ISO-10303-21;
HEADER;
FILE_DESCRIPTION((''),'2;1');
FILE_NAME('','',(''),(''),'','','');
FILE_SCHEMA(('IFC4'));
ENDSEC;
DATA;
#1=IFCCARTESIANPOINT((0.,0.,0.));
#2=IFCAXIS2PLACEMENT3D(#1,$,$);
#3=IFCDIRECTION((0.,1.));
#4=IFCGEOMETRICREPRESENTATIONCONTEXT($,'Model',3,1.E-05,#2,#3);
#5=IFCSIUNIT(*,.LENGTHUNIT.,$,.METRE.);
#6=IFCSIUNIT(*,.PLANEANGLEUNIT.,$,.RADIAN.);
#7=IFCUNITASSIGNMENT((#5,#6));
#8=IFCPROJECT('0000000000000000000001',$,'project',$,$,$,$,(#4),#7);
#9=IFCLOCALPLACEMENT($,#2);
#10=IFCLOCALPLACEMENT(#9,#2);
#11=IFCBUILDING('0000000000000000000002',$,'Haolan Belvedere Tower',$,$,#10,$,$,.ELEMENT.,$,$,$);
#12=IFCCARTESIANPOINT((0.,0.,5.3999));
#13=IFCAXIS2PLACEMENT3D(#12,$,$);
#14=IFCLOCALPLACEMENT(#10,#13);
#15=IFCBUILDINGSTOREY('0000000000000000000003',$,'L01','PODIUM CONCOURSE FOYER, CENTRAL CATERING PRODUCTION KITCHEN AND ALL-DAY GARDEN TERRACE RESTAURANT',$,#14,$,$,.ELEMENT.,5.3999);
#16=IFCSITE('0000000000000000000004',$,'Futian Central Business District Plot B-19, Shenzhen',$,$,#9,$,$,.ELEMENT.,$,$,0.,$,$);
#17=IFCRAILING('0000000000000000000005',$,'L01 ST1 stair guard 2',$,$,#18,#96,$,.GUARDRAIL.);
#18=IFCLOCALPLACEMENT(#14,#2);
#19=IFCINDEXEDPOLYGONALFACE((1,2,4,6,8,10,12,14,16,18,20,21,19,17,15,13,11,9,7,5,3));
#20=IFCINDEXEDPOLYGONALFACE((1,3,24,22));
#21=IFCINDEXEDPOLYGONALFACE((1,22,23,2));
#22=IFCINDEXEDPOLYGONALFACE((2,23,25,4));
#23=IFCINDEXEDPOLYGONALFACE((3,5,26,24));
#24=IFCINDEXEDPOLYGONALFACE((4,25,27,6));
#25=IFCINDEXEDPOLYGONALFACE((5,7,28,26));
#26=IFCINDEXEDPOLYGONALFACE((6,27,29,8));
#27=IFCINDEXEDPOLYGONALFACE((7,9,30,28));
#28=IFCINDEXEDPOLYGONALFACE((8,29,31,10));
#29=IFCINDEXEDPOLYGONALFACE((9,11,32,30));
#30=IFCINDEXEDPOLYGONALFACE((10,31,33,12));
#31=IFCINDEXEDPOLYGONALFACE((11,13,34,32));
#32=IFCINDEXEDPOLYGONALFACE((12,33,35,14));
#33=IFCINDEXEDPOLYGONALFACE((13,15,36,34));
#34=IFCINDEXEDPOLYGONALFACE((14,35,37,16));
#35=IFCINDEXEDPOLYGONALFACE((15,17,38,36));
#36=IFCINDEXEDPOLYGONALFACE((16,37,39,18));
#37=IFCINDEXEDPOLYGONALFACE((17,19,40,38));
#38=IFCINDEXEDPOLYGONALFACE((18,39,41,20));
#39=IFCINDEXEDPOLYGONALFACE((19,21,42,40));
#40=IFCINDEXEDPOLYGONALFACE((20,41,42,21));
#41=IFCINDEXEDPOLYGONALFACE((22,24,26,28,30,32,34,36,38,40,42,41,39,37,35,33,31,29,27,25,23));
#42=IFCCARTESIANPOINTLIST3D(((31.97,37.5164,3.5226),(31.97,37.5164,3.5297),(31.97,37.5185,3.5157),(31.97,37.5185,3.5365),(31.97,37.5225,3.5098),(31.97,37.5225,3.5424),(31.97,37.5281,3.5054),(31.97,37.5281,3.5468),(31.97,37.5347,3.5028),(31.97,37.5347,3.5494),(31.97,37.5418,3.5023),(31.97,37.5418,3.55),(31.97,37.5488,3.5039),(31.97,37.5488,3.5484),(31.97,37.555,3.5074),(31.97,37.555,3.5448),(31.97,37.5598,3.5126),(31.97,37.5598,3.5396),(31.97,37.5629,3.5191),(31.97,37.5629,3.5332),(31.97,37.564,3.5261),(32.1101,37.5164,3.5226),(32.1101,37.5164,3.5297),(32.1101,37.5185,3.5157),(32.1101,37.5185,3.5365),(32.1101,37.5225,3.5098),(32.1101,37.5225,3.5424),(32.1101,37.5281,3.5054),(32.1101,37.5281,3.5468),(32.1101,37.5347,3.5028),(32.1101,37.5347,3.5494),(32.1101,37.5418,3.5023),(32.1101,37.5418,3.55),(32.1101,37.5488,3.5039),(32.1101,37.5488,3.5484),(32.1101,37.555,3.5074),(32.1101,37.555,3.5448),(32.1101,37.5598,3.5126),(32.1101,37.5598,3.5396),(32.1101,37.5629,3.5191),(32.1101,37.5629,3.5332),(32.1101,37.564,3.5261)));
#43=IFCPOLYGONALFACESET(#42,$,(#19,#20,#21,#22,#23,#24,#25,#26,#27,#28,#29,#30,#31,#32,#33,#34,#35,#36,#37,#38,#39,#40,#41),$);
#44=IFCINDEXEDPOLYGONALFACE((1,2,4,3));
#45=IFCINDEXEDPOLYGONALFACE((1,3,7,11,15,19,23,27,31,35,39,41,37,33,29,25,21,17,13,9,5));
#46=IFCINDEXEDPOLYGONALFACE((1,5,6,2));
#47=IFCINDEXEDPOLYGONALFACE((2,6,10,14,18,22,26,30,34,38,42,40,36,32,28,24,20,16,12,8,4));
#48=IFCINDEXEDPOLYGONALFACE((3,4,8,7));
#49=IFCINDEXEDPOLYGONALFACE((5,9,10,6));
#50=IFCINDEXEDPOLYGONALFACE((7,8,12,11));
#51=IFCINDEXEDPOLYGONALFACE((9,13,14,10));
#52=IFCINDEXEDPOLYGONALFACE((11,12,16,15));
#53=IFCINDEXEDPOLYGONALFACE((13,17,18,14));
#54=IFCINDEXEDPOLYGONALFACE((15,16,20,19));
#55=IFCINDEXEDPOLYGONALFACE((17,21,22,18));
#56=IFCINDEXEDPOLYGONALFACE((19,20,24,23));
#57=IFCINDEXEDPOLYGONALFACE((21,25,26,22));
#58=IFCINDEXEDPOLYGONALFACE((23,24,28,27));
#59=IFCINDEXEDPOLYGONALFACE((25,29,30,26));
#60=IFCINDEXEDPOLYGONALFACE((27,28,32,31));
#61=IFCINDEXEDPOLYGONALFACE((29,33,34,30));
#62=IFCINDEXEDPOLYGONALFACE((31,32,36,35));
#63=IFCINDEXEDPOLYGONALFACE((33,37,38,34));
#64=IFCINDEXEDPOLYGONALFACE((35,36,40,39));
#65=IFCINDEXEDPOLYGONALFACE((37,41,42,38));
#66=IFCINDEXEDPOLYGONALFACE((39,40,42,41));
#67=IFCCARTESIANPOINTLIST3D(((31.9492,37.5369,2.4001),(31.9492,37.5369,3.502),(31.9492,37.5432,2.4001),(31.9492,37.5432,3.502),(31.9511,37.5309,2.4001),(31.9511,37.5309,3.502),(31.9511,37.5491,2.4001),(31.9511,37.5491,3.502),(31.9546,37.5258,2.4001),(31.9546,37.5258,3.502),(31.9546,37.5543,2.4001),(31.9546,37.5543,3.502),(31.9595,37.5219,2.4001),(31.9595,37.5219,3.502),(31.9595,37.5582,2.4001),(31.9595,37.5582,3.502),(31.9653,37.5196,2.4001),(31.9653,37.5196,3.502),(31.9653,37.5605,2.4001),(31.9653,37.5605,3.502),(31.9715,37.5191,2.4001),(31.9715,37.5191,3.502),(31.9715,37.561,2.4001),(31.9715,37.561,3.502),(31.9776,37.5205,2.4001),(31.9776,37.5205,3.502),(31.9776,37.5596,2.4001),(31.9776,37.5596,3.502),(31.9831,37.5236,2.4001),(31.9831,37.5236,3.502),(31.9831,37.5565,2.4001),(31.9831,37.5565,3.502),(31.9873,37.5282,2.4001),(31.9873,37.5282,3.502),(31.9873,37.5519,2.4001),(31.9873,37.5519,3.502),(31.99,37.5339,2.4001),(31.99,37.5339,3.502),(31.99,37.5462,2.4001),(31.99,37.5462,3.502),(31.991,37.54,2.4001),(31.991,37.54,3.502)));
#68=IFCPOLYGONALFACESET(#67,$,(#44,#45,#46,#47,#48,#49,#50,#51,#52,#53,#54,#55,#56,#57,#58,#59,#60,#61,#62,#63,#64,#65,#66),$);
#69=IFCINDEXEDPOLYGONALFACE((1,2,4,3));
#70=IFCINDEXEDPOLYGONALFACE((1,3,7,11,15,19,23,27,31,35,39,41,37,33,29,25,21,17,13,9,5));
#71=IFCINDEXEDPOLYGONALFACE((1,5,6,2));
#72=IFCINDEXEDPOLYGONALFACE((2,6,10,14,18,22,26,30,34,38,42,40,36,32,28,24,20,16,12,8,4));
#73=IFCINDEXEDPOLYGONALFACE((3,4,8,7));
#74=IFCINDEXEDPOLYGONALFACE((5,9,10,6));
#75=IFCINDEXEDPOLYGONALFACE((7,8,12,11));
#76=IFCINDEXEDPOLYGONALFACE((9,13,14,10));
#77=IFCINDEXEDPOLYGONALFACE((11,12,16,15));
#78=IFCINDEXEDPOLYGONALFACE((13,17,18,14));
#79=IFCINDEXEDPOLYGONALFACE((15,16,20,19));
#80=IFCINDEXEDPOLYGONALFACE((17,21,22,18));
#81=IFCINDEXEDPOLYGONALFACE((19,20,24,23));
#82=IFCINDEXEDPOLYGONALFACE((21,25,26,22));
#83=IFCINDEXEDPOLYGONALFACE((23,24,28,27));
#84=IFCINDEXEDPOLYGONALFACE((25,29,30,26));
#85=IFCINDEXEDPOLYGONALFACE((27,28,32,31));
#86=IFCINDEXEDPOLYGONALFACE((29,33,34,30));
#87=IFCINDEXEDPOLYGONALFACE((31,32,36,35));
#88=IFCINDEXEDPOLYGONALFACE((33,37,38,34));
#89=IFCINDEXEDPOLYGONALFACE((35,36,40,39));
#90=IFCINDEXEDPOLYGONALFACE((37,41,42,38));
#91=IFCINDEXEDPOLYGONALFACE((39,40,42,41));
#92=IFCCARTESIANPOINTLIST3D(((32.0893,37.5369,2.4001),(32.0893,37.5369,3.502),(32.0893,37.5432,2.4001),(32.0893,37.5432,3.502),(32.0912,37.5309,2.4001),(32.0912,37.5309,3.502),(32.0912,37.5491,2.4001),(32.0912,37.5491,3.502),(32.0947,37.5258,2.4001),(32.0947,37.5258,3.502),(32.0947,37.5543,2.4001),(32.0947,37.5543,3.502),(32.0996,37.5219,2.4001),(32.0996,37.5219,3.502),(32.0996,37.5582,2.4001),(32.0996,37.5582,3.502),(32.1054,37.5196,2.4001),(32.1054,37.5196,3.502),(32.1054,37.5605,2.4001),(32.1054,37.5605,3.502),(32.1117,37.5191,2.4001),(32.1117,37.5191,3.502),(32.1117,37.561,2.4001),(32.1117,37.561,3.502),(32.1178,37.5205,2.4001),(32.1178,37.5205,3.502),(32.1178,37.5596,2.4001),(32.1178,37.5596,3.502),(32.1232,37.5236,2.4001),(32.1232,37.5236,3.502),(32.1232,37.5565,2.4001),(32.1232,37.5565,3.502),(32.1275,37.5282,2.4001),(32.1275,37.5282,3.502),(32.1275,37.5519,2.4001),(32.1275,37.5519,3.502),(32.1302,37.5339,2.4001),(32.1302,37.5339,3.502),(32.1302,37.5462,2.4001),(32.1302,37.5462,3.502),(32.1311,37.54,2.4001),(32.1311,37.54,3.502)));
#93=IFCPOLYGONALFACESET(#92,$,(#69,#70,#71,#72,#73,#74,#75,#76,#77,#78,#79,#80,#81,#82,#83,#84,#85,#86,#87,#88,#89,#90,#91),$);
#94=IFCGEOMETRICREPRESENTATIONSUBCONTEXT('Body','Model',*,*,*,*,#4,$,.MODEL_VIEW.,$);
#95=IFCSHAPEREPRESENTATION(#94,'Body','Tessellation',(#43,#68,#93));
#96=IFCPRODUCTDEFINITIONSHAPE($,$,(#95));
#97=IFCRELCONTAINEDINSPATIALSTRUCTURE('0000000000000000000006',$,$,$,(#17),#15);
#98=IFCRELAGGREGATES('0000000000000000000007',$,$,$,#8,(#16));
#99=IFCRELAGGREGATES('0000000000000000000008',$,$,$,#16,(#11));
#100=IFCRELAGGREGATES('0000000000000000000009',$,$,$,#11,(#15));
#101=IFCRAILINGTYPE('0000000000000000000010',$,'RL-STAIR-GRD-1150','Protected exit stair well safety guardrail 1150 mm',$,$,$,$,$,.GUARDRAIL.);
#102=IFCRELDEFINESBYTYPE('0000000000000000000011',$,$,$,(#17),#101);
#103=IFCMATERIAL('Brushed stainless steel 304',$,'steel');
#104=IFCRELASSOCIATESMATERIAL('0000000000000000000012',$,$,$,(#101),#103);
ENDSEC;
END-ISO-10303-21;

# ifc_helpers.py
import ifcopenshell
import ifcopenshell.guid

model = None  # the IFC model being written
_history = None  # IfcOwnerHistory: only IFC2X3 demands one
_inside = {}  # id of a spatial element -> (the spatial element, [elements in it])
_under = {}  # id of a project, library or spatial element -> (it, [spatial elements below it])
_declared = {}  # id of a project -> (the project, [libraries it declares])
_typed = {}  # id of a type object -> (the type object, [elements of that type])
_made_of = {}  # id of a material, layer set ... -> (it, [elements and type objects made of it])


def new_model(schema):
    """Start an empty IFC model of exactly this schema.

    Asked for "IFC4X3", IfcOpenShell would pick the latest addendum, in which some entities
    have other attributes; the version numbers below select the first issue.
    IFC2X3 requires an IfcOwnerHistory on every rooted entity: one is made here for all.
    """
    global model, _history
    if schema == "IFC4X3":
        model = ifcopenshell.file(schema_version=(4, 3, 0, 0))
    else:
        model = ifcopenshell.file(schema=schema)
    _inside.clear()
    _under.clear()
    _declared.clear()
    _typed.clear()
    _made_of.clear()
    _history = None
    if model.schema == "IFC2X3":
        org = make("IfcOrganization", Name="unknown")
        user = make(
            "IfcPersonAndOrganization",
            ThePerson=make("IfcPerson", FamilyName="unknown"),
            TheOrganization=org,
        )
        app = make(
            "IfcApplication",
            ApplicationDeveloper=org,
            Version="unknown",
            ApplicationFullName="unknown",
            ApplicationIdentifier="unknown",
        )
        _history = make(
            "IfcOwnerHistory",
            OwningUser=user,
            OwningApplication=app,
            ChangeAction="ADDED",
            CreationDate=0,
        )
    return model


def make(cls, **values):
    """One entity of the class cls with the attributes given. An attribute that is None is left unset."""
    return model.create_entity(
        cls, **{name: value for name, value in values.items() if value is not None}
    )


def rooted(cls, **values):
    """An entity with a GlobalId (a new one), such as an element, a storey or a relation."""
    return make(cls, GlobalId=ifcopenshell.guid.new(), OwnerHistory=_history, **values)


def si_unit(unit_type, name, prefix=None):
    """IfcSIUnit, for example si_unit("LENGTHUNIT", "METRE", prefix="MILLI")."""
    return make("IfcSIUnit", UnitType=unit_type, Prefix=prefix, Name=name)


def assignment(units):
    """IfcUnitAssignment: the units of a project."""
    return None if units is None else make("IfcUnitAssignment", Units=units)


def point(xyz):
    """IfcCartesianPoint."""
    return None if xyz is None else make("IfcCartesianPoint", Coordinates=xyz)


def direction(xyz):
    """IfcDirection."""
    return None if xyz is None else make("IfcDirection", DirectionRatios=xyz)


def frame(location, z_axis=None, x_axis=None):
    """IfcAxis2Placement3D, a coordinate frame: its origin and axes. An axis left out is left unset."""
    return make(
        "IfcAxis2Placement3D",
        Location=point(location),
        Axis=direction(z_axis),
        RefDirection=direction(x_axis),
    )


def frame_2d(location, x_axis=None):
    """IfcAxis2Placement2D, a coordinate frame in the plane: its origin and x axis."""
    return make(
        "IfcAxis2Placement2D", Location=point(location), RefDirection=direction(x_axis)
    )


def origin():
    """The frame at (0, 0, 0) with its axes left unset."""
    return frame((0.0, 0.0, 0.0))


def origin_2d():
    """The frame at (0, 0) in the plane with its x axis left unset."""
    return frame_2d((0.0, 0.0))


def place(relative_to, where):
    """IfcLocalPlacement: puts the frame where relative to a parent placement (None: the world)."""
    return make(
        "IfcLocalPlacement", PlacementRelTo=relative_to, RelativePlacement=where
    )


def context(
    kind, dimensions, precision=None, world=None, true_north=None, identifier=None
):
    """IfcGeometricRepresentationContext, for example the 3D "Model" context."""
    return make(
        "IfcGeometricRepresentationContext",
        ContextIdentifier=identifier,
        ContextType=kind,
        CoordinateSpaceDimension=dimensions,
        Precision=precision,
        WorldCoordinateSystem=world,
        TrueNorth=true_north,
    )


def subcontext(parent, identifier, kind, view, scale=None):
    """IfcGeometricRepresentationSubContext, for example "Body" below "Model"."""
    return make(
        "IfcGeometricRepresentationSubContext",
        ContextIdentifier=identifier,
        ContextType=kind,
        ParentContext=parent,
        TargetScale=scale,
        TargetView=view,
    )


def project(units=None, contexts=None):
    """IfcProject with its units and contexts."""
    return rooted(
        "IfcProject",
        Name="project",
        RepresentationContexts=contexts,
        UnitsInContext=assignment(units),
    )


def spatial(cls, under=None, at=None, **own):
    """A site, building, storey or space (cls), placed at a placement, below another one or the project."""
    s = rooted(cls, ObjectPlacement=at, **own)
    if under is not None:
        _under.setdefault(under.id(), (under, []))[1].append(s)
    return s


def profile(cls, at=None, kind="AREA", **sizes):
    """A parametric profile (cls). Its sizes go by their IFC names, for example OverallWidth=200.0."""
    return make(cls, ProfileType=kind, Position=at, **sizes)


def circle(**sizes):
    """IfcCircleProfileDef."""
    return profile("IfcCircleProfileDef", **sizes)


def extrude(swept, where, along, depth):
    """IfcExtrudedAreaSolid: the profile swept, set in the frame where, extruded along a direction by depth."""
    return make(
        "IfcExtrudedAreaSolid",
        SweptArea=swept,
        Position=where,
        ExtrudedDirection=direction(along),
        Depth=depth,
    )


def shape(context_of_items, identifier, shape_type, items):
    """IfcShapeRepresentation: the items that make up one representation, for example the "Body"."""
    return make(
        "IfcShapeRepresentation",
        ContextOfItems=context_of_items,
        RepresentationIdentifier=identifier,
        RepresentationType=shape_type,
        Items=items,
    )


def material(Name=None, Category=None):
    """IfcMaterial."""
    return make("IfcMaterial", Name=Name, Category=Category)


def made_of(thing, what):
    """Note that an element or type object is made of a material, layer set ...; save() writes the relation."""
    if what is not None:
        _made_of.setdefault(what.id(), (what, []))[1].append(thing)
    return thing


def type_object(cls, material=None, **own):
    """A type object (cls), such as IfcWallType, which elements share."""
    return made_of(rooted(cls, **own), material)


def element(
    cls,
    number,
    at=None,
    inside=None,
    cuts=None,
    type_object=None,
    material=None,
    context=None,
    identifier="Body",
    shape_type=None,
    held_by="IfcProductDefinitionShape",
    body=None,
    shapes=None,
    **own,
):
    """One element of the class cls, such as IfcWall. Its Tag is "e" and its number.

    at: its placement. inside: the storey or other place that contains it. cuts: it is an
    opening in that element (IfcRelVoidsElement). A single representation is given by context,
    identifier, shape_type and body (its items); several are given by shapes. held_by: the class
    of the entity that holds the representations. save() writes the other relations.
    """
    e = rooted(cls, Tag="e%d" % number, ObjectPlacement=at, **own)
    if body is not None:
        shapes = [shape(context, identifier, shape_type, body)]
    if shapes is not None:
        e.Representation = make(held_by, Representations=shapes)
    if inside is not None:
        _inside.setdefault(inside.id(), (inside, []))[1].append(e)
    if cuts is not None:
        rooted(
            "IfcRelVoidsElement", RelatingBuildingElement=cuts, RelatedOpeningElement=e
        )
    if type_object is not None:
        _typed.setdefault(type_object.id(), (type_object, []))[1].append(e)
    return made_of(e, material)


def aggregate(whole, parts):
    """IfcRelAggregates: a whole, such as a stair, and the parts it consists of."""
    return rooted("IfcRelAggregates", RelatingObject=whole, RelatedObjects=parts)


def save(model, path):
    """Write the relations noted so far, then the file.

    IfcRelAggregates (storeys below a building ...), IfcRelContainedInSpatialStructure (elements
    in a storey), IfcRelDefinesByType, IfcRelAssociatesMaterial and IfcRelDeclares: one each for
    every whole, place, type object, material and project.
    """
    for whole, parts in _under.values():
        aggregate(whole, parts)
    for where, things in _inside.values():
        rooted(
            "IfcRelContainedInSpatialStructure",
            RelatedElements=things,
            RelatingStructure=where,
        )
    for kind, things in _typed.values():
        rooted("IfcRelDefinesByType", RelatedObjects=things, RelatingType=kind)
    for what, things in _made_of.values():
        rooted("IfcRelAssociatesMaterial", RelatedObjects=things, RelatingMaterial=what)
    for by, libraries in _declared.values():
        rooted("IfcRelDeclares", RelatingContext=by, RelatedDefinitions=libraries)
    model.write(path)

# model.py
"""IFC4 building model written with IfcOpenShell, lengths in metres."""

from ifc_helpers import new_model, si_unit, direction, frame, origin, origin_2d, place, context, subcontext, project, spatial, circle, extrude, material, type_object, element, save


model = new_model("IFC4")

# Units and contexts
model_context = context("Model", 3, precision=1e-05, world=origin(), true_north=direction((0.0, 1.0)))
body_context = subcontext(model_context, "Body", "Model", "MODEL_VIEW")
ifc_project = project(units=[si_unit("LENGTHUNIT", "METRE"), si_unit("PLANEANGLEUNIT", "RADIAN")], contexts=[model_context])

# Site, building, storey
site_placement = place(None, origin())
site = spatial("IfcSite", under=ifc_project, at=site_placement, Name="Futian Central Business District Plot B-19, Shenzhen", CompositionType="ELEMENT", RefElevation=0.0)
building_placement = place(site_placement, origin())
building = spatial("IfcBuilding", under=site, at=building_placement, Name="Haolan Belvedere Tower", CompositionType="ELEMENT")
storey_placement = place(building_placement, frame((0.0, 0.0, 5.3999)))
storey = spatial("IfcBuildingStorey", under=building, at=storey_placement, Name="L01", Description="PODIUM CONCOURSE FOYER, CENTRAL CATERING PRODUCTION KITCHEN AND ALL-DAY GARDEN TERRACE RESTAURANT", CompositionType="ELEMENT", Elevation=5.3999)

# Railing
ifc_material_1 = material(Name="Brushed stainless steel 304", Category="steel")
railing_type_1 = type_object("IfcRailingType", Name="RL-STAIR-GRD-1150", Description="Protected exit stair well safety guardrail 1150 mm", PredefinedType="GUARDRAIL", material=ifc_material_1)
railing_1_placement = place(storey_placement, frame((31.97, 37.54, 2.4001)))
element("IfcRailing", 1, at=railing_1_placement, inside=storey, type_object=railing_type_1, Name="L01 ST1 stair guard 2", PredefinedType="GUARDRAIL", context=body_context, shape_type="SweptSolid", body=[
    extrude(circle(Radius=0.0239, at=origin_2d()), frame((0.0, 0.0, 1.126), z_axis=(1.0, 0.0, 0.0), x_axis=(0.0, 1.0, 0.0)), (0.0, 0.0, 1.0), 0.1401),
    extrude(circle(Radius=0.021, at=origin_2d()), origin(), (0.0, 0.0, 1.0), 1.1018),
    extrude(circle(Radius=0.021, at=origin_2d()), frame((0.1401, 0.0, 0.0)), (0.0, 0.0, 1.0), 1.1018),
])

save(model, "model.ifc")
